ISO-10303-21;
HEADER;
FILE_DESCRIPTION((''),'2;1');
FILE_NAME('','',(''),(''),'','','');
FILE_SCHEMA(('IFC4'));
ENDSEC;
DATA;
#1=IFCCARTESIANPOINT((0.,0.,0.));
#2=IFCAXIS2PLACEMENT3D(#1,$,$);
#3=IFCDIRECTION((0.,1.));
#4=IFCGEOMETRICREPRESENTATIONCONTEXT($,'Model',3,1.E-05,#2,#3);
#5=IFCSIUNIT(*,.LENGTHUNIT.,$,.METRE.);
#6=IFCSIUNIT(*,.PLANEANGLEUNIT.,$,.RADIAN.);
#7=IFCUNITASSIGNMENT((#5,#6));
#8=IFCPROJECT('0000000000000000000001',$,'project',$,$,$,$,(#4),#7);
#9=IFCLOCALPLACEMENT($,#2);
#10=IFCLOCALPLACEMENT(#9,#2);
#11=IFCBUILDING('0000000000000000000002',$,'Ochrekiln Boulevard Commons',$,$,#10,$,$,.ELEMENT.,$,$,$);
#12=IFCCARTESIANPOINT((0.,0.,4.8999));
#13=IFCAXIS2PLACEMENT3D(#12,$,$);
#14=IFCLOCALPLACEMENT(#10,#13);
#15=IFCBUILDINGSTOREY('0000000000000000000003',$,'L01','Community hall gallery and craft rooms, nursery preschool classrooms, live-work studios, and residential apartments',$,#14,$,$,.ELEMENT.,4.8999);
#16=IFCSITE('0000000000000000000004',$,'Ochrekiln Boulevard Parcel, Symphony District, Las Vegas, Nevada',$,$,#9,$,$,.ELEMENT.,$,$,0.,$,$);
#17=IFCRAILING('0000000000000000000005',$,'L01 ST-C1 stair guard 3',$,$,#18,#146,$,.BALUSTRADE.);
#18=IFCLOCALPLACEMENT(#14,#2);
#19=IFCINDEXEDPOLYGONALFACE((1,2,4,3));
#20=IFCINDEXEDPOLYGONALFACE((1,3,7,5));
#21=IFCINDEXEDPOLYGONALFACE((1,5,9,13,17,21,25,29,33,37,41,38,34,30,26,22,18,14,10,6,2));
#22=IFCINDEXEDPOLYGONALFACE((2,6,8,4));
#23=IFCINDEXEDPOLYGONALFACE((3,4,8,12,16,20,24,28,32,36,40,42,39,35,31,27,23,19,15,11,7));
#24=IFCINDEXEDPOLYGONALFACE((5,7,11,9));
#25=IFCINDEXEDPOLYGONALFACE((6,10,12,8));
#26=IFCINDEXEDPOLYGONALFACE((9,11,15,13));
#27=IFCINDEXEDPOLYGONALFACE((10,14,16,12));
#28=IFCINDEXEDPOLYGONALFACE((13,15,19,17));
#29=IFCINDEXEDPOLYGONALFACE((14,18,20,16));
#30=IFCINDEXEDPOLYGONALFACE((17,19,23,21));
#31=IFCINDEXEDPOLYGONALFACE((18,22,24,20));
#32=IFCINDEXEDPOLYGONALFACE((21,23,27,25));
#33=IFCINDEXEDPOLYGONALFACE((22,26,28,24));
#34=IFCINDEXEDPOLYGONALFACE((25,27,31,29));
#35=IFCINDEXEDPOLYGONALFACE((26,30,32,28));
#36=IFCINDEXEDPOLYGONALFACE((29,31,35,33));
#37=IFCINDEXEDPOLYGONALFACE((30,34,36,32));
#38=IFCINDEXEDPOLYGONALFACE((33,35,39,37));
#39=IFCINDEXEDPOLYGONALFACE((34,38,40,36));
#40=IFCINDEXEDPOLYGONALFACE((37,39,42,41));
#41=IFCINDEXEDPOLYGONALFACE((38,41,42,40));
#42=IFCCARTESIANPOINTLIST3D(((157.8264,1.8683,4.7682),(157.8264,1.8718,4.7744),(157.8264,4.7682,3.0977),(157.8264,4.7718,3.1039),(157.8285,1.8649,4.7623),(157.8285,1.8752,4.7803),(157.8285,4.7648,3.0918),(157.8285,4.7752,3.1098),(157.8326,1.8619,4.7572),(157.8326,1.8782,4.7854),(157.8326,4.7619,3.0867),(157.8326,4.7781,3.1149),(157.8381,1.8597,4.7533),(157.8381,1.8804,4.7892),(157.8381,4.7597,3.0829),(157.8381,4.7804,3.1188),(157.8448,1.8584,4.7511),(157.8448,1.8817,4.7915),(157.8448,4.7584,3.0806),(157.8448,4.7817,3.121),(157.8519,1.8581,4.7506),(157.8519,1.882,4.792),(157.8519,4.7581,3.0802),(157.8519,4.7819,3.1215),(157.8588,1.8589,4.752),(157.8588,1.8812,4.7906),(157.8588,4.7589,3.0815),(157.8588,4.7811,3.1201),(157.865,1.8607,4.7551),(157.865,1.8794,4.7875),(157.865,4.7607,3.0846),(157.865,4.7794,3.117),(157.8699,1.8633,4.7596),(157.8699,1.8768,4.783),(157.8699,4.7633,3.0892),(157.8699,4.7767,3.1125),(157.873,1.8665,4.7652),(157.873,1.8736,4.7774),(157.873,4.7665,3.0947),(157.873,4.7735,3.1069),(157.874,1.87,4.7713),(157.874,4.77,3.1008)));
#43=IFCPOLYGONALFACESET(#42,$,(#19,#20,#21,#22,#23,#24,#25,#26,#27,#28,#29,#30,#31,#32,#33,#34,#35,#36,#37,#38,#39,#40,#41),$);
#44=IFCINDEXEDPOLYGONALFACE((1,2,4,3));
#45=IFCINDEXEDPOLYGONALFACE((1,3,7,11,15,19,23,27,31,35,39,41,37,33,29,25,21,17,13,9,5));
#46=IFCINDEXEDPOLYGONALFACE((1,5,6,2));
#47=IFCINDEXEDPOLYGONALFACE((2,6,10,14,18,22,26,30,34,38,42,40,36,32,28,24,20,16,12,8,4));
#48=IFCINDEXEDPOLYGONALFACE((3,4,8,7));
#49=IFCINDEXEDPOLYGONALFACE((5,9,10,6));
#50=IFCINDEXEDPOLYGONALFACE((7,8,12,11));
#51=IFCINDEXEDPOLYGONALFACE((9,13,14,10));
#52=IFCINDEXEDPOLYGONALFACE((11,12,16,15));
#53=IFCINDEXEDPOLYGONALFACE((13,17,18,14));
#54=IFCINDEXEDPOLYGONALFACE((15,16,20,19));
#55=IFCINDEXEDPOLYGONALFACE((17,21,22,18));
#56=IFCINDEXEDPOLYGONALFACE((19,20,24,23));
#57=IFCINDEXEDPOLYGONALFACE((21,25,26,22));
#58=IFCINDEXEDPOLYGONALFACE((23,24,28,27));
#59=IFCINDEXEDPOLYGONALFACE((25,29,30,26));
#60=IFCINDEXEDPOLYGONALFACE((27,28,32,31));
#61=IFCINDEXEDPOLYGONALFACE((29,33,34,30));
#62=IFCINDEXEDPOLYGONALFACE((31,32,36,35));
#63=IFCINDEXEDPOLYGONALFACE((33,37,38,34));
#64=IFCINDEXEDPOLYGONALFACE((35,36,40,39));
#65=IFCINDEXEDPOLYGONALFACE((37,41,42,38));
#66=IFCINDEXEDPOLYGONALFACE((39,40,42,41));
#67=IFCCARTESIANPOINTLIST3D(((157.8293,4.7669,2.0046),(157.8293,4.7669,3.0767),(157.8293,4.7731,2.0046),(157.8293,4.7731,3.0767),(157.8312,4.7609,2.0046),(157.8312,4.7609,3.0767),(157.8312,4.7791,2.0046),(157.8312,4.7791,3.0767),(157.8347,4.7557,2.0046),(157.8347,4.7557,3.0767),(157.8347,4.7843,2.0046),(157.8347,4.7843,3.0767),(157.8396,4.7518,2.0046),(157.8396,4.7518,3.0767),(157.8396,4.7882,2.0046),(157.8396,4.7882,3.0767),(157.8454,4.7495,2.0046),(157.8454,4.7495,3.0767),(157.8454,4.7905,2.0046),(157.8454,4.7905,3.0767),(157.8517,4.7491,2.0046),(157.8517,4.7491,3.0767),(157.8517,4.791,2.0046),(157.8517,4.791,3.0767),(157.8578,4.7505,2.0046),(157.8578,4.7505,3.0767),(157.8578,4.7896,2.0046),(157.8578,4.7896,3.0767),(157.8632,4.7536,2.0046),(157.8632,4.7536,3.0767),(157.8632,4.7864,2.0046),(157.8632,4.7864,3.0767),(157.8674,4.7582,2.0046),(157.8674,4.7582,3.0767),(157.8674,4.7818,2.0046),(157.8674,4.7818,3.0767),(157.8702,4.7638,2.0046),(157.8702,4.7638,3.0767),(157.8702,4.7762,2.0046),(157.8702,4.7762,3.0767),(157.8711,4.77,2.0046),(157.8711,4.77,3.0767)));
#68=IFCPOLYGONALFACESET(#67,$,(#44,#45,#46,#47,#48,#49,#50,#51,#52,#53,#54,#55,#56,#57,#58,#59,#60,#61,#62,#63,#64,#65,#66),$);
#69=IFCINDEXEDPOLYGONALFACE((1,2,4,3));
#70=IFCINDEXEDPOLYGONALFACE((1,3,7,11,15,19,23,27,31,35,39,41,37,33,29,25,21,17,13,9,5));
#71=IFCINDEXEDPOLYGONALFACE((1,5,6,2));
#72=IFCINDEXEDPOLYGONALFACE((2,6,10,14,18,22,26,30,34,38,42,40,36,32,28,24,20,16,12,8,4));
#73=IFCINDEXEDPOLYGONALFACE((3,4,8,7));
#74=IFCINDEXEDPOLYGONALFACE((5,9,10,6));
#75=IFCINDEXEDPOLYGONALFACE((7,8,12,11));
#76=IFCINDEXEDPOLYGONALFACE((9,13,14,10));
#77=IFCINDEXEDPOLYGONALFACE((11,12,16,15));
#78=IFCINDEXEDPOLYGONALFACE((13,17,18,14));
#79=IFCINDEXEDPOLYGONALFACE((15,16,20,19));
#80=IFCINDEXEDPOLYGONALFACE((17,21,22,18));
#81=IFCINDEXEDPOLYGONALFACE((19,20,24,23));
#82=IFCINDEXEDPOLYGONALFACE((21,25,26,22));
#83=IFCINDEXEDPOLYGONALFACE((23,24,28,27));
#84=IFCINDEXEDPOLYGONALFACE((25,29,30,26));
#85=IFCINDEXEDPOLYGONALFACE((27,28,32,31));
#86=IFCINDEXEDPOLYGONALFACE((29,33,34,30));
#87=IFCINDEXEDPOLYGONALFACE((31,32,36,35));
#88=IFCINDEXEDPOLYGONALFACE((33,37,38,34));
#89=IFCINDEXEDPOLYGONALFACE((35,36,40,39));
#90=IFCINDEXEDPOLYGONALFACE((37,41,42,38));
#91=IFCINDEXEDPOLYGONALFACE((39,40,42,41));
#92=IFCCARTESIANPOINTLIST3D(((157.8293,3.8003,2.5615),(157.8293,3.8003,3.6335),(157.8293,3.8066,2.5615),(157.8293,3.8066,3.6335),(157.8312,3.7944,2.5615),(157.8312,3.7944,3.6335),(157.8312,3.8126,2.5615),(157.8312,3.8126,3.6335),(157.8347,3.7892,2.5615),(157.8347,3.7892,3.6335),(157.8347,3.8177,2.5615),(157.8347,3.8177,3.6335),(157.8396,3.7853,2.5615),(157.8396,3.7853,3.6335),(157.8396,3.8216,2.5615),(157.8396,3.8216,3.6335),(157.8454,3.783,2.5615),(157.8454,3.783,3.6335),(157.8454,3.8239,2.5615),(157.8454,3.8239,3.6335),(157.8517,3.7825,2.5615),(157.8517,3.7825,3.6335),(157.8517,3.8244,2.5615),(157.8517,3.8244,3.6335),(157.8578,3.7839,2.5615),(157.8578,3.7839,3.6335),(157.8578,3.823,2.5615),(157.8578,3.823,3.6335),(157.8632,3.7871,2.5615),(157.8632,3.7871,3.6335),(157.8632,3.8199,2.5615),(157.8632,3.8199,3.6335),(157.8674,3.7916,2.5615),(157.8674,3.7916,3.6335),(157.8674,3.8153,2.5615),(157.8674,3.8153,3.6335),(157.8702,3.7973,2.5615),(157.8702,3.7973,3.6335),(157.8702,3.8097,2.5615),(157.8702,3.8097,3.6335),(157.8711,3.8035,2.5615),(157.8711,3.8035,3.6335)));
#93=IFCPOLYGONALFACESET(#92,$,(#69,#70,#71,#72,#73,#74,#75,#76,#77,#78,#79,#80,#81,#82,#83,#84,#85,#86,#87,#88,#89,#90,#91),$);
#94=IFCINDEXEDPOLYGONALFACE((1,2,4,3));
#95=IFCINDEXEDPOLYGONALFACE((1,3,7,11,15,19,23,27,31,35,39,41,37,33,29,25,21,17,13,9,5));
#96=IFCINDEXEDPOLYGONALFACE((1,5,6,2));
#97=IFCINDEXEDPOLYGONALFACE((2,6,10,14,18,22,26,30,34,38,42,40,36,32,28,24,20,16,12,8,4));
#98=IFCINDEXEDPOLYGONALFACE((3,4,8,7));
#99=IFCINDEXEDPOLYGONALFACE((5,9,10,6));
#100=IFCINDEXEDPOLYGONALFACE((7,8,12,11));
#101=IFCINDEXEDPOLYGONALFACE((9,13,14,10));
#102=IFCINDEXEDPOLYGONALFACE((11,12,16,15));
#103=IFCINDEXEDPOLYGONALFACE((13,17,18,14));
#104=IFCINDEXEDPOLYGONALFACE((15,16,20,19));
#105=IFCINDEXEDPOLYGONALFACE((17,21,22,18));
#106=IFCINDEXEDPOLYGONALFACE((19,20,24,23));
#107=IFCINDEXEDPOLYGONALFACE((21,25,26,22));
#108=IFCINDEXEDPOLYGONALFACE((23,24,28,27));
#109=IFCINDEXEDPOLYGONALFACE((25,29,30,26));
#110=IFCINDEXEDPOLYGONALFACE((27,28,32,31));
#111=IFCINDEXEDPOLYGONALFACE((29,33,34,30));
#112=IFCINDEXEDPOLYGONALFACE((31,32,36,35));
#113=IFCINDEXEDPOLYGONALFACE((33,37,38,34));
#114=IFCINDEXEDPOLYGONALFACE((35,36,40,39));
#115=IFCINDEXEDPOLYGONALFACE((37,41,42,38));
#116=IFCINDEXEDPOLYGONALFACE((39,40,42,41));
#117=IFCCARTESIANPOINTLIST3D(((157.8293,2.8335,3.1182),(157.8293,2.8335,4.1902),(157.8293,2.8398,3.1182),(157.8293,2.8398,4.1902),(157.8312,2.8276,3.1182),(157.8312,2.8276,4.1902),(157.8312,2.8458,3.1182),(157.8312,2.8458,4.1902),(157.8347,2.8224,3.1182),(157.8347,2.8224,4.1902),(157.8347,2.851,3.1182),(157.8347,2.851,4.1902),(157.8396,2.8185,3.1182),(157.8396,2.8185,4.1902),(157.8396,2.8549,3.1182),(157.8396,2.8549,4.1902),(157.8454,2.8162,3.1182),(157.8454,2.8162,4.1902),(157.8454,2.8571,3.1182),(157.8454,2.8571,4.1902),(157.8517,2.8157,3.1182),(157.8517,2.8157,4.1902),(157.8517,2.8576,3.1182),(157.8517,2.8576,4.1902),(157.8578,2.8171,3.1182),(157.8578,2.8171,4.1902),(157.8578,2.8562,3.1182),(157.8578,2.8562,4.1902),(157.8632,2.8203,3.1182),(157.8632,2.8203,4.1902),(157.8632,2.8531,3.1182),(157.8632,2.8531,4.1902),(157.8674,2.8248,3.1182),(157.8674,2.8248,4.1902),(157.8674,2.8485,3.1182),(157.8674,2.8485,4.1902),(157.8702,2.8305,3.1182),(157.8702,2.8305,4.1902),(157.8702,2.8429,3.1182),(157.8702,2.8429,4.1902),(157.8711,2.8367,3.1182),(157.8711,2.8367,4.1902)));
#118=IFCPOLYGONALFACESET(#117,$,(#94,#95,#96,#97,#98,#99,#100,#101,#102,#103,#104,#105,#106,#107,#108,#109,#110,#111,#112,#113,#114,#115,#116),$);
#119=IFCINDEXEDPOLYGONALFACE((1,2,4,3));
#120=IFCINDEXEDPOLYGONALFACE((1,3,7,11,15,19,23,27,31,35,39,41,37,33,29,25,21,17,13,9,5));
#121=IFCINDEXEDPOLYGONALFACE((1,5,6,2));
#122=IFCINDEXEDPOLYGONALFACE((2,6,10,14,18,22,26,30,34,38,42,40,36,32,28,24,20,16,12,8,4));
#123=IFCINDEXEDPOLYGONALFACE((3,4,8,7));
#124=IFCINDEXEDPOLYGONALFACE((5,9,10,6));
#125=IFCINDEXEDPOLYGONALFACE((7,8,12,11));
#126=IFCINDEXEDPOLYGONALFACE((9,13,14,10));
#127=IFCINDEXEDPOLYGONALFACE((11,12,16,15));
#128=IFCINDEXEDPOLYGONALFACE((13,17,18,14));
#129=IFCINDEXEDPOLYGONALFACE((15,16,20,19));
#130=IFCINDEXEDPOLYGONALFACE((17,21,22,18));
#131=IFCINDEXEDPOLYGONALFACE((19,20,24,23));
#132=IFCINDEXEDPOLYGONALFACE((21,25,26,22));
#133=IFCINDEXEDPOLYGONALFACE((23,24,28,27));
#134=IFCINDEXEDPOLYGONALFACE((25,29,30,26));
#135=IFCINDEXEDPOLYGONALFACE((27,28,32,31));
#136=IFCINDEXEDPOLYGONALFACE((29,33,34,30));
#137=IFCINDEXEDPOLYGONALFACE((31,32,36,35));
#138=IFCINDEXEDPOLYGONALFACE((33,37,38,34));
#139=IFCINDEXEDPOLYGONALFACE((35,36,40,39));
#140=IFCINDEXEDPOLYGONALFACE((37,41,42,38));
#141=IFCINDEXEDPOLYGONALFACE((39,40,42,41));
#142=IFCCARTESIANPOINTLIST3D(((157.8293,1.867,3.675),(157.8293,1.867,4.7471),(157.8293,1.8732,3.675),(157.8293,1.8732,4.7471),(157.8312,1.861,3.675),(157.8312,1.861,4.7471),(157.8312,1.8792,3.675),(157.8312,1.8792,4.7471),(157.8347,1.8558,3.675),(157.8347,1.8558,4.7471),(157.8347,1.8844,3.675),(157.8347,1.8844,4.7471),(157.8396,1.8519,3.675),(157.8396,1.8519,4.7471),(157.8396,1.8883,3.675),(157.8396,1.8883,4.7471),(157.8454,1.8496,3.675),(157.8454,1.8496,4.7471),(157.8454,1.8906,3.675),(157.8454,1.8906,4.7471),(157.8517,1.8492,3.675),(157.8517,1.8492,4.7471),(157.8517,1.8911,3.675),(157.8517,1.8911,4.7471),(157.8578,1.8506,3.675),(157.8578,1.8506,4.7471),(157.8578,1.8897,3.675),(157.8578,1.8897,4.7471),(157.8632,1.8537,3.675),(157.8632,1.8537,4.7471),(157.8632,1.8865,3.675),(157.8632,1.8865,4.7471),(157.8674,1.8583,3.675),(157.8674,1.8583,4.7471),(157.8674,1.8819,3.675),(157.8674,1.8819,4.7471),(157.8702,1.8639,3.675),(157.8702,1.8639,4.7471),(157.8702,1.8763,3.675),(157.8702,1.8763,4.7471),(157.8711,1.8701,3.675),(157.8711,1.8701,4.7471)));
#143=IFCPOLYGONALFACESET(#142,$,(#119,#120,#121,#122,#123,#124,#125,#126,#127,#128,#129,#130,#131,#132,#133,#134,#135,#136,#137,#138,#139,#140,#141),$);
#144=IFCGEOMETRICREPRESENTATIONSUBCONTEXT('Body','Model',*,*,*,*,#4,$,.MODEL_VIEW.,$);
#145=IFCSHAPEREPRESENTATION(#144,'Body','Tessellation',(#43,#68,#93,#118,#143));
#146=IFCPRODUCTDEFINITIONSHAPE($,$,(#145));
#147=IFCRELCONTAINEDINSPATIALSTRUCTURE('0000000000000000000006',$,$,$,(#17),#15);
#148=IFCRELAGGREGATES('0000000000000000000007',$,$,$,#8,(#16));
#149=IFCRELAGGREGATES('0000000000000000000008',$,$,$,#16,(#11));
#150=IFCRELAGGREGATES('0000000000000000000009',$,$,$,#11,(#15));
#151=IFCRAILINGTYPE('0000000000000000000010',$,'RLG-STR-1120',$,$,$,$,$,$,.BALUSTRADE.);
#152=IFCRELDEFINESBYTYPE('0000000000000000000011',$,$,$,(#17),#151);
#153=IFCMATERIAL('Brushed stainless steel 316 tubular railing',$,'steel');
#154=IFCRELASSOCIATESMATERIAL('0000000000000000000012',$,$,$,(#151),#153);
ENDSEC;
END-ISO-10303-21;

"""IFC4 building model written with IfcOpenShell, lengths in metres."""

from ifc_helpers import new_model, si_unit, direction, frame, origin, origin_2d, place, context, subcontext, project, spatial, circle, extrude, material, type_object, element, save


model = new_model("IFC4")

# Units and contexts
model_context = context("Model", 3, precision=1e-05, world=origin(), true_north=direction((0.0, 1.0)))
body_context = subcontext(model_context, "Body", "Model", "MODEL_VIEW")
ifc_project = project(units=[si_unit("LENGTHUNIT", "METRE"), si_unit("PLANEANGLEUNIT", "RADIAN")], contexts=[model_context])

# Site, building, storey
site_placement = place(None, origin())
site = spatial("IfcSite", under=ifc_project, at=site_placement, Name="Ochrekiln Boulevard Parcel, Symphony District, Las Vegas, Nevada", CompositionType="ELEMENT", RefElevation=0.0)
building_placement = place(site_placement, origin())
building = spatial("IfcBuilding", under=site, at=building_placement, Name="Ochrekiln Boulevard Commons", CompositionType="ELEMENT")
storey_placement = place(building_placement, frame((0.0, 0.0, 4.8999)))
storey = spatial("IfcBuildingStorey", under=building, at=storey_placement, Name="L01", Description="Community hall gallery and craft rooms, nursery preschool classrooms, live-work studios, and residential apartments", CompositionType="ELEMENT", Elevation=4.8999)

# Railing
ifc_material_1 = material(Name="Brushed stainless steel 316 tubular railing", Category="steel")
railing_type_1 = type_object("IfcRailingType", Name="RLG-STR-1120", PredefinedType="BALUSTRADE", material=ifc_material_1)
railing_1_placement = place(storey_placement, frame((157.8501, 4.77, 2.0046)))
element("IfcRailing", 1, at=railing_1_placement, inside=storey, type_object=railing_type_1, Name="L01 ST-C1 stair guard 3", PredefinedType="BALUSTRADE", context=body_context, shape_type="SweptSolid", body=[
    extrude(circle(Radius=0.0239, at=origin_2d()), frame((0.0, 0.0, 1.0962), z_axis=(0.0, -0.866523, 0.499137), x_axis=(1.0, 0.0, 0.0)), (0.0, 0.0, 1.0), 3.3467),
    extrude(circle(Radius=0.021, at=origin_2d()), origin(), (0.0, 0.0, 1.0), 1.072),
    extrude(circle(Radius=0.021, at=origin_2d()), frame((0.0, -0.9666, 0.5569)), (0.0, 0.0, 1.0), 1.072),
    extrude(circle(Radius=0.021, at=origin_2d()), frame((0.0, -1.9333, 1.1135)), (0.0, 0.0, 1.0), 1.072),
    extrude(circle(Radius=0.021, at=origin_2d()), frame((0.0, -2.8999, 1.6704)), (0.0, 0.0, 1.0), 1.072),
])

save(model, "model.ifc")
